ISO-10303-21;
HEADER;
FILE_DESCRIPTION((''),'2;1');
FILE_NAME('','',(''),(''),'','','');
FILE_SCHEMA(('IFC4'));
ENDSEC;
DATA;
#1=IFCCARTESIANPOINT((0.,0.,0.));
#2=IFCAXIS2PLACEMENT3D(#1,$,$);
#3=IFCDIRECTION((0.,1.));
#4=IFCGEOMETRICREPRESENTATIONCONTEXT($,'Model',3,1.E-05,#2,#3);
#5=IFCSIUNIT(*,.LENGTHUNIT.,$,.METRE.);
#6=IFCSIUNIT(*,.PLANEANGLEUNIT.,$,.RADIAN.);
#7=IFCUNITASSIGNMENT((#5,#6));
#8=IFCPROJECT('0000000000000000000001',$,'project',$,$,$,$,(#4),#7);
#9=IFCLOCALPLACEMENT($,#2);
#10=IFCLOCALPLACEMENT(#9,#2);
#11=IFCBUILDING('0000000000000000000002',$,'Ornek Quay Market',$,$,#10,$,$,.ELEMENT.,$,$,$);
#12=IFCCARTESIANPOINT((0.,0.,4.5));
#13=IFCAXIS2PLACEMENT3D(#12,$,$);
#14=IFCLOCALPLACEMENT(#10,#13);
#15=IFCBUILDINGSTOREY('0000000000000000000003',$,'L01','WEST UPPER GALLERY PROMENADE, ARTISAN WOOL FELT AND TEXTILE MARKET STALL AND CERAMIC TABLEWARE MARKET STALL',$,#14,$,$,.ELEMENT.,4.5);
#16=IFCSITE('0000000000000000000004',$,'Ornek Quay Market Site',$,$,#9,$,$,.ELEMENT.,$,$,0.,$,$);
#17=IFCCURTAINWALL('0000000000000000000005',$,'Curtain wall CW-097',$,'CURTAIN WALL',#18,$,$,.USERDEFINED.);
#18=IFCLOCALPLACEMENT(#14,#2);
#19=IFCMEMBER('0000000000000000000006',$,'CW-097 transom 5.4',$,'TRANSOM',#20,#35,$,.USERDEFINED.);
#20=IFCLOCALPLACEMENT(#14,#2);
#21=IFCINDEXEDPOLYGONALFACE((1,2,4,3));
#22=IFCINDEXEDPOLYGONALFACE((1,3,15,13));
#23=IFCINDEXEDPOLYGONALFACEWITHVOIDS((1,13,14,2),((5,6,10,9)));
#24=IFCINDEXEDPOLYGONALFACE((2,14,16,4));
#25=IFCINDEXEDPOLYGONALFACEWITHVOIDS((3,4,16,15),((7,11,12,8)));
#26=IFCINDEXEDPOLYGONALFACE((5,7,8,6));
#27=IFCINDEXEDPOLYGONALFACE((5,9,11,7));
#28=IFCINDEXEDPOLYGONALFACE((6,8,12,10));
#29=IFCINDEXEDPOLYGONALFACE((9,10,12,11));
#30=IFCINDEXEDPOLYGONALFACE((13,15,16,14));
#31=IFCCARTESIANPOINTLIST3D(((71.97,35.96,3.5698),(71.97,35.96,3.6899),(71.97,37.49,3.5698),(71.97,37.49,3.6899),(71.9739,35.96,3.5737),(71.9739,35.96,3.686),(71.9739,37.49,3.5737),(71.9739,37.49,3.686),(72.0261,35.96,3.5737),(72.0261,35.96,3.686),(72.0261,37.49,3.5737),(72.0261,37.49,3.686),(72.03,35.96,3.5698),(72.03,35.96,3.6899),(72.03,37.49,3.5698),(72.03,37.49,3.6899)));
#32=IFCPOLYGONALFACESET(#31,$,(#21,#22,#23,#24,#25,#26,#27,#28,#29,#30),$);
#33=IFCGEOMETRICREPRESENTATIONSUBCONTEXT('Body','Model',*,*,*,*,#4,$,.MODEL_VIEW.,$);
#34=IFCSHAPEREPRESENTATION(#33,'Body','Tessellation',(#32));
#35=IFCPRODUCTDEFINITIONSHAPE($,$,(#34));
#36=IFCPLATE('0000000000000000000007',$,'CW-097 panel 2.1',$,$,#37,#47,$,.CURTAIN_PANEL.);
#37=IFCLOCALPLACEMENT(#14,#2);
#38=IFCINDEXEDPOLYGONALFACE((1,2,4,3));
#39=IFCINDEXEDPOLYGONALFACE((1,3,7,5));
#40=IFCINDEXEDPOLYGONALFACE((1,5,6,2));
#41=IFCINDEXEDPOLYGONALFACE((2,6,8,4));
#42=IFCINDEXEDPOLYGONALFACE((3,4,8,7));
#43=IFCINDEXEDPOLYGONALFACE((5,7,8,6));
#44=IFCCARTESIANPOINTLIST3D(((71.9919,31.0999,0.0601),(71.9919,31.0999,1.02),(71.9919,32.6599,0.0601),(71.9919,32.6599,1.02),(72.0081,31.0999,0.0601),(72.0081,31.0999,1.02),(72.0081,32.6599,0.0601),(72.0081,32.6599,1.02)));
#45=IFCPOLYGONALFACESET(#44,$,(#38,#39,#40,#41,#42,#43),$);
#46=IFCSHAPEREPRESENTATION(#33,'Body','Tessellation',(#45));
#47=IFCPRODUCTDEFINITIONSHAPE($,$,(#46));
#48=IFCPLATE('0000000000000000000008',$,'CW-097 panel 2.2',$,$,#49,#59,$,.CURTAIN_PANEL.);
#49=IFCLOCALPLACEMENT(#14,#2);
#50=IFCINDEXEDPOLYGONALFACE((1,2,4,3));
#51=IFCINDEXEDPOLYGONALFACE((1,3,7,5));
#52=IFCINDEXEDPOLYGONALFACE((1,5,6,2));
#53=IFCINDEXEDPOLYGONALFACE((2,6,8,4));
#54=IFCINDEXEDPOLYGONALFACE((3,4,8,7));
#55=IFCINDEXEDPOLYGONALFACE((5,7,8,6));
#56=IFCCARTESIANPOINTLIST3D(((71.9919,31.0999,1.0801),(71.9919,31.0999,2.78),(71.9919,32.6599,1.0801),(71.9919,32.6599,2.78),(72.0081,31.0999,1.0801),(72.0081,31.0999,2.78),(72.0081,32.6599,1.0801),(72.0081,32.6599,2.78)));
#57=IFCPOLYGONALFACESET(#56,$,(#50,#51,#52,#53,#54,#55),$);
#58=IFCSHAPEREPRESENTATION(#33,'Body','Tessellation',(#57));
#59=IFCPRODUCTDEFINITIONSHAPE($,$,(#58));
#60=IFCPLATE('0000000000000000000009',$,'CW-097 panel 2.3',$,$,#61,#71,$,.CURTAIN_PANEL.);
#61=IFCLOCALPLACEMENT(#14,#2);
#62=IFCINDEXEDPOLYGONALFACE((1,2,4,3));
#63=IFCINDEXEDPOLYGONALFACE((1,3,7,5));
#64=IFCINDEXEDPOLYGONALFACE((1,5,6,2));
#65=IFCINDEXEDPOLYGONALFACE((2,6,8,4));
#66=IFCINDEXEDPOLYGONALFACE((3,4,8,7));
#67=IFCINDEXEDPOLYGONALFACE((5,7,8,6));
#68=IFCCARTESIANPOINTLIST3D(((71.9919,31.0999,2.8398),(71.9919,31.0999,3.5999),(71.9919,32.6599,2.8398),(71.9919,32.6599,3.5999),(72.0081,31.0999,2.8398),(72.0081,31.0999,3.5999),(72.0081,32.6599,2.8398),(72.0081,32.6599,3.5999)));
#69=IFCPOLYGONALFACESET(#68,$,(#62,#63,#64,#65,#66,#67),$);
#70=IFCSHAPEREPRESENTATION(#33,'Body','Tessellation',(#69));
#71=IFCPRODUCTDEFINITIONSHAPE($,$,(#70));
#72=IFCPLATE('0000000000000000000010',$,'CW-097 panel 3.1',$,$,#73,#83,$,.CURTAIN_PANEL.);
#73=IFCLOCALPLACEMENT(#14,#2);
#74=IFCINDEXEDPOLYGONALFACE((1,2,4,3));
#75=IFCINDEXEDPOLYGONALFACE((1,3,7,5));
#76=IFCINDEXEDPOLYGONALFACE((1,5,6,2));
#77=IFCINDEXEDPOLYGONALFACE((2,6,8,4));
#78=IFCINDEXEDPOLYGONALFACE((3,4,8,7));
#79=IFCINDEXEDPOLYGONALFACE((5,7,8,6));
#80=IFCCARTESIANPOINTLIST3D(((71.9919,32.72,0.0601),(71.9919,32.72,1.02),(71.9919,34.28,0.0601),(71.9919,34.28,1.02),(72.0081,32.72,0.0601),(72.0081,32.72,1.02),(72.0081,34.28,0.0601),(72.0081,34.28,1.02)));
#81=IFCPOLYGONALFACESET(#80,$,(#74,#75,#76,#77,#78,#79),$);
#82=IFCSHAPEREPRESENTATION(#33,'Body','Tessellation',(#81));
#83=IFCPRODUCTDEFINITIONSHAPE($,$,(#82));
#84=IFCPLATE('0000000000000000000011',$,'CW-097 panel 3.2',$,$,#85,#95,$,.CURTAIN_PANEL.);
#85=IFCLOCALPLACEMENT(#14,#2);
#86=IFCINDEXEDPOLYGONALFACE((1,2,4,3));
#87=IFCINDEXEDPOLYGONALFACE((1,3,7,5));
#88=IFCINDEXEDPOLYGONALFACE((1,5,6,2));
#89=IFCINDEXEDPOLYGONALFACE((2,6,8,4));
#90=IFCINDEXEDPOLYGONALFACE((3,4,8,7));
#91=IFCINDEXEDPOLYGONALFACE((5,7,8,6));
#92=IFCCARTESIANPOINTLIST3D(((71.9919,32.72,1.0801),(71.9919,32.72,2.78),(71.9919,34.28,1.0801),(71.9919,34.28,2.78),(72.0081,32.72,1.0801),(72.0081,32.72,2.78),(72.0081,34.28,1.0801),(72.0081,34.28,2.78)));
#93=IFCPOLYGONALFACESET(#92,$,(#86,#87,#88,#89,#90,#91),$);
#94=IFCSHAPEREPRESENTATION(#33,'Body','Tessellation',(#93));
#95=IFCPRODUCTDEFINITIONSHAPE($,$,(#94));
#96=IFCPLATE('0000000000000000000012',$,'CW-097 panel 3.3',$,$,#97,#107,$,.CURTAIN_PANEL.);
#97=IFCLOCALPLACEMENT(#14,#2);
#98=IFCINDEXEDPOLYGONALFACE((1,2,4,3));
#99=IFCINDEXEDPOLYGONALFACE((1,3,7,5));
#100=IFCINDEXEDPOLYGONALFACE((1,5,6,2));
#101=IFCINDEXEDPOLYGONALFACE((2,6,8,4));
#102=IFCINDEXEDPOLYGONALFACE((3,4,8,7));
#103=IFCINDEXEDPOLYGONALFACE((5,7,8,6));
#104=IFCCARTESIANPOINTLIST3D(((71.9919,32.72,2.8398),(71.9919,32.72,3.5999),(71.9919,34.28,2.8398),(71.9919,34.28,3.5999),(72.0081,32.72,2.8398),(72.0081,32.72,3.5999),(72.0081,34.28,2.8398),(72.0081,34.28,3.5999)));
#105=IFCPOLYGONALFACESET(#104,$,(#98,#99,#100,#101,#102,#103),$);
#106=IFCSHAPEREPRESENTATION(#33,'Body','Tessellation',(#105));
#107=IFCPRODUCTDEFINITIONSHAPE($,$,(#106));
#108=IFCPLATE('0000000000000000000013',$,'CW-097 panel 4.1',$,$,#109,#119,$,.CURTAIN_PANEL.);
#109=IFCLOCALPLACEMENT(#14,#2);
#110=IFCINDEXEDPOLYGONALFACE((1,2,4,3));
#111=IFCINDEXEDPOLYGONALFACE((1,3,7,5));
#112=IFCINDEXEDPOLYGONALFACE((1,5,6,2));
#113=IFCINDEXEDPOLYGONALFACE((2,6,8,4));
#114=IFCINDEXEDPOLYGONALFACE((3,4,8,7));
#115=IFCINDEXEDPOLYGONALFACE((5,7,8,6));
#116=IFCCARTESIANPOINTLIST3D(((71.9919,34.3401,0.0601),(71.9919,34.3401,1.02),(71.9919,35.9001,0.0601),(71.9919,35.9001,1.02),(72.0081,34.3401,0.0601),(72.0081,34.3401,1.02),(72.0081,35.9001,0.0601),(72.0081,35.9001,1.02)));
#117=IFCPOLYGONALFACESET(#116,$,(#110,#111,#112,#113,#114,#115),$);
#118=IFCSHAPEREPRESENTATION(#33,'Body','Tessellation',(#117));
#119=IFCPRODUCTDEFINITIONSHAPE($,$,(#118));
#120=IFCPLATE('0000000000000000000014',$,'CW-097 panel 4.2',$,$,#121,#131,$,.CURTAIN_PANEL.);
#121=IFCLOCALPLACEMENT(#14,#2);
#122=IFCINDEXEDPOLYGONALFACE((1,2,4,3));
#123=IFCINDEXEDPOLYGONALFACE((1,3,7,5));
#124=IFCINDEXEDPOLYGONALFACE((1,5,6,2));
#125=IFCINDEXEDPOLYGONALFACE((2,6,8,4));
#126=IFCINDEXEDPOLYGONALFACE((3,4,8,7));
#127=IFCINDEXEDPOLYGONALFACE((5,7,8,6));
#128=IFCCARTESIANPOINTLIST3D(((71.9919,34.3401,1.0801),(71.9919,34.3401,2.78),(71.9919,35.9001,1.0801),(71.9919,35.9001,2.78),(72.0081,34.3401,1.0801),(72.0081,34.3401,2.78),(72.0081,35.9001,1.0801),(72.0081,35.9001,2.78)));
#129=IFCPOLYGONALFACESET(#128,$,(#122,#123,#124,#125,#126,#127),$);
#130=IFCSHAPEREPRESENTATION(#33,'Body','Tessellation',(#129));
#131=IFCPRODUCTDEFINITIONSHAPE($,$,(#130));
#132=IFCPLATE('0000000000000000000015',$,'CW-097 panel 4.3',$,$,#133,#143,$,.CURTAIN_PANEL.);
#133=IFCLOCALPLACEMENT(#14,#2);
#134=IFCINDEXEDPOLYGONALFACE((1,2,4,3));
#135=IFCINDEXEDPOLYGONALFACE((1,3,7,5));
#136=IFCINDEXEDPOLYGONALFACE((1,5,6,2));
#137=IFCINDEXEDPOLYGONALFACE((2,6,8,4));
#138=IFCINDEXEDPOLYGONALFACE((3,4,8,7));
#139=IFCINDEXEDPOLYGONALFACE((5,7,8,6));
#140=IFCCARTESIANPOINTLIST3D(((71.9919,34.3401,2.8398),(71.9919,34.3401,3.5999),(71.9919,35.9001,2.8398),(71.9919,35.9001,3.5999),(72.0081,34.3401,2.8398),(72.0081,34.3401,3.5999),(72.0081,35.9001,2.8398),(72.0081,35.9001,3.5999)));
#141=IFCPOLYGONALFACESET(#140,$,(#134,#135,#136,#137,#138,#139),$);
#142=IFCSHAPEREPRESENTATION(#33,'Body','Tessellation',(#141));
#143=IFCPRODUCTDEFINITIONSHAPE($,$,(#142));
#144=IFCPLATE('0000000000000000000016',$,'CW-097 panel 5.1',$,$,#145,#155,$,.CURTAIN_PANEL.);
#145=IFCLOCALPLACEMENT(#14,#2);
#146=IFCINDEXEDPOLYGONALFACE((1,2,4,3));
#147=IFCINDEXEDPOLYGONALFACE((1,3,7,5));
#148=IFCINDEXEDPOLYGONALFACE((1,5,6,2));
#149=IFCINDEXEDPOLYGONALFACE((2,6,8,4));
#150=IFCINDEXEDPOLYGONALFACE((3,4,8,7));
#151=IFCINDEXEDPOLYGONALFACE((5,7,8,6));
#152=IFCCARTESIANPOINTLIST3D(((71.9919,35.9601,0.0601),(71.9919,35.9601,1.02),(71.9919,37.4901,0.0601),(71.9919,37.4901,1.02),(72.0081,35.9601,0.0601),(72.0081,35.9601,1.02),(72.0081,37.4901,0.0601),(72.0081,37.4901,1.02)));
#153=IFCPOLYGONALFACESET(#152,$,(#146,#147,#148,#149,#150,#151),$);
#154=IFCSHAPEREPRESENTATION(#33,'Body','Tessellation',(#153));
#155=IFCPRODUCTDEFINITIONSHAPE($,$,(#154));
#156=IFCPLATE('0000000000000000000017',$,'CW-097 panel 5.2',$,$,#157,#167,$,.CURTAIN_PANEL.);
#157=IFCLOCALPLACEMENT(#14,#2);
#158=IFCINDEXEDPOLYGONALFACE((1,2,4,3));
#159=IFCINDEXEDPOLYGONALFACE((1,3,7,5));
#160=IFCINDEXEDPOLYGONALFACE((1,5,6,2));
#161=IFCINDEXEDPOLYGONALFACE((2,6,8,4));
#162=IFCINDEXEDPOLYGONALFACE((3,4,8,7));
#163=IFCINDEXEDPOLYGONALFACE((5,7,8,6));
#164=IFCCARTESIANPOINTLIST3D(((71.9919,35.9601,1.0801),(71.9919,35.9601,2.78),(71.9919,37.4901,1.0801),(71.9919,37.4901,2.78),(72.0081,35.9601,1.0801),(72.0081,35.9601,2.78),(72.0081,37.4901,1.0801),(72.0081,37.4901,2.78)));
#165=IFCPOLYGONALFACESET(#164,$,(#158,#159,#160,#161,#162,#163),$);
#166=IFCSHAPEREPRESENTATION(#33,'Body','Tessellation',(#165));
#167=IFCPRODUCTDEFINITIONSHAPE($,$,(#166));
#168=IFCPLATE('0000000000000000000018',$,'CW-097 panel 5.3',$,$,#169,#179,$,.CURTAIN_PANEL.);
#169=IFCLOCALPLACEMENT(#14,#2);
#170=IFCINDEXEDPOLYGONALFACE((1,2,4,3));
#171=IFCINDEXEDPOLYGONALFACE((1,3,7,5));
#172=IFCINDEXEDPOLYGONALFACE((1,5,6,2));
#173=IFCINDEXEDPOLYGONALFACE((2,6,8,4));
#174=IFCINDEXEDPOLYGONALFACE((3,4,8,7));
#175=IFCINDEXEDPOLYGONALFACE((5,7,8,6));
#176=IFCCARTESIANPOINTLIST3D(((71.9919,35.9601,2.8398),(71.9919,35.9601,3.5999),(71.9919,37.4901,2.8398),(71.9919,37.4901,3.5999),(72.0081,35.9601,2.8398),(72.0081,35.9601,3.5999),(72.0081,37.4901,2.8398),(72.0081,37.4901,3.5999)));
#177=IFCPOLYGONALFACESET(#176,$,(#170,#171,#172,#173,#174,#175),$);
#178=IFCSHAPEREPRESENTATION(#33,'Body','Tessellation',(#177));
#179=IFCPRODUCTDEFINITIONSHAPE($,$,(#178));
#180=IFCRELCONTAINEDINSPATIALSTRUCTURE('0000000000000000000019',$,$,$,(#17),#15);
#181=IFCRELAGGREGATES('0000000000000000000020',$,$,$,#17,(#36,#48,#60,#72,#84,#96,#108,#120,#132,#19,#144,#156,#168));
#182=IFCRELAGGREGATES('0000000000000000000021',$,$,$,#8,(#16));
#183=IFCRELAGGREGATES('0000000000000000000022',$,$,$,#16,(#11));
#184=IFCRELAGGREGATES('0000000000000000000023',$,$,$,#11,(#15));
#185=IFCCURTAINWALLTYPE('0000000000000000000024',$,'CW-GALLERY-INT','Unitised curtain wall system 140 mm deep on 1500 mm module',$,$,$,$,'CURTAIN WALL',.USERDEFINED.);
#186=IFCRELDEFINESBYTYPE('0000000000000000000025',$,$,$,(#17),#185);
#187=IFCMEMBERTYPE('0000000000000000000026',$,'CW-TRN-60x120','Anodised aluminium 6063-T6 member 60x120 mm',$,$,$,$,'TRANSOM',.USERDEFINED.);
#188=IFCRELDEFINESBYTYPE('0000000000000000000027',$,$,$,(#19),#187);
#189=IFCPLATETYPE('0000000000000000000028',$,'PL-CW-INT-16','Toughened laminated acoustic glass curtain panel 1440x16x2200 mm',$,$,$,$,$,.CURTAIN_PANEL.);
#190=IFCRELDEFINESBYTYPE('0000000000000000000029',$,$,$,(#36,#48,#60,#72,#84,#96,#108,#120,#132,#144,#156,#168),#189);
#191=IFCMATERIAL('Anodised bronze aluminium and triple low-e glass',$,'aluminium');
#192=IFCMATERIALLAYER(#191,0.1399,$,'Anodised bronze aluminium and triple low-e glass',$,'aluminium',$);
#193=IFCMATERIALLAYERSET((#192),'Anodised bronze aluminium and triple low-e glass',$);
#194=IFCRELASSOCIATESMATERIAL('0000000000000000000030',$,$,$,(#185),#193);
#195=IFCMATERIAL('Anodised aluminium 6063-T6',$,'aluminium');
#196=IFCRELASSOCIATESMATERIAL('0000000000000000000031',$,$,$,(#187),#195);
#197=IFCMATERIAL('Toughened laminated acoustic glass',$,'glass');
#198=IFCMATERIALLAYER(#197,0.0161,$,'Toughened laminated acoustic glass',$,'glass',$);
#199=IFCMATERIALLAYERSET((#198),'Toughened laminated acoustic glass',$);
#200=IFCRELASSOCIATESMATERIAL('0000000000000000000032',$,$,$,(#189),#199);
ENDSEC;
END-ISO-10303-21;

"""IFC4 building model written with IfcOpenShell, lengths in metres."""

from ifc_helpers import new_model, si_unit, direction, frame, origin, origin_2d, place, context, subcontext, project, spatial, rectangle, hollow_rectangle, extrude, material, layer, layer_set, material_profile, profile_set, type_object, element, aggregate, save


model = new_model("IFC4")

# Units and contexts
model_context = context("Model", 3, precision=1e-05, world=origin(), true_north=direction((0.0, 1.0)))
body_context = subcontext(model_context, "Body", "Model", "MODEL_VIEW")
ifc_project = project(units=[si_unit("LENGTHUNIT", "METRE"), si_unit("PLANEANGLEUNIT", "RADIAN")], contexts=[model_context])

# Site, building, storey
site_placement = place(None, origin())
site = spatial("IfcSite", under=ifc_project, at=site_placement, Name="Ornek Quay Market Site", CompositionType="ELEMENT", RefElevation=0.0)
building_placement = place(site_placement, origin())
building = spatial("IfcBuilding", under=site, at=building_placement, Name="Ornek Quay Market", CompositionType="ELEMENT")
storey_placement = place(building_placement, frame((0.0, 0.0, 4.5)))
storey = spatial("IfcBuildingStorey", under=building, at=storey_placement, Name="L01", Description="WEST UPPER GALLERY PROMENADE, ARTISAN WOOL FELT AND TEXTILE MARKET STALL AND CERAMIC TABLEWARE MARKET STALL", CompositionType="ELEMENT", Elevation=4.5)

# Curtain wall
ifc_material_1 = material(Name="Anodised bronze aluminium and triple low-e glass", Category="aluminium")
ifc_layer_1 = layer(ifc_material_1, 0.1399, Name="Anodised bronze aluminium and triple low-e glass", Category="aluminium")
ifc_layer_set_1 = layer_set([ifc_layer_1], Name="Anodised bronze aluminium and triple low-e glass")
curtain_wall_type = type_object("IfcCurtainWallType", Name="CW-GALLERY-INT", Description="Unitised curtain wall system 140 mm deep on 1500 mm module", ElementType="CURTAIN WALL", PredefinedType="USERDEFINED", material=ifc_layer_set_1)
curtain_wall_1_placement = place(storey_placement, origin())
curtain_wall_1 = element("IfcCurtainWall", 1, at=curtain_wall_1_placement, inside=storey, type_object=curtain_wall_type, Name="Curtain wall CW-097", ObjectType="CURTAIN WALL", PredefinedType="USERDEFINED")
ifc_material_2 = material(Name="Anodised aluminium 6063-T6", Category="aluminium")

# Member
ifc_material_profile_1 = material_profile(ifc_material_2, hollow_rectangle(XDim=0.0601, YDim=0.1201, WallThickness=0.0039, at=origin_2d()), Name="CW-TRN-60x120", Category="aluminium")
ifc_profile_set_1 = profile_set([ifc_material_profile_1], Name="Anodised aluminium 6063-T6")
member_type_1 = type_object("IfcMemberType", Name="CW-TRN-60x120", Description="Anodised aluminium 6063-T6 member 60x120 mm", ElementType="TRANSOM", PredefinedType="USERDEFINED", material=ifc_profile_set_1)
member_1_placement = place(storey_placement, frame((72.0, 35.96, 3.6299), z_axis=(0.0, 1.0, 0.0), x_axis=(-1.0, 0.0, 0.0)))
member_1 = element("IfcMember", 2, at=member_1_placement, type_object=member_type_1, Name="CW-097 transom 5.4", ObjectType="TRANSOM", PredefinedType="USERDEFINED", context=body_context, shape_type="SweptSolid", body=[
    extrude(hollow_rectangle(XDim=0.0601, YDim=0.1201, WallThickness=0.0039, at=origin_2d()), origin(), (0.0, 0.0, 1.0), 1.53),
])

# Plates
ifc_material_3 = material(Name="Toughened laminated acoustic glass", Category="glass")
ifc_layer_2 = layer(ifc_material_3, 0.0161, Name="Toughened laminated acoustic glass", Category="glass")
ifc_layer_set_2 = layer_set([ifc_layer_2], Name="Toughened laminated acoustic glass")
plate_type = type_object("IfcPlateType", Name="PL-CW-INT-16", Description="Toughened laminated acoustic glass curtain panel 1440x16x2200 mm", PredefinedType="CURTAIN_PANEL", material=ifc_layer_set_2)
plate_1_placement = place(storey_placement, frame((72.0, 31.8799, 0.0601), z_axis=(0.0, 0.0, 1.0), x_axis=(0.0, 1.0, 0.0)))
plate_1 = element("IfcPlate", 3, at=plate_1_placement, type_object=plate_type, Name="CW-097 panel 2.1", PredefinedType="CURTAIN_PANEL", context=body_context, shape_type="SweptSolid", body=[
    extrude(rectangle(XDim=1.5601, YDim=0.0161, at=origin_2d()), origin(), (0.0, 0.0, 1.0), 0.96),
])
plate_2_placement = place(storey_placement, frame((72.0, 31.8799, 1.0801), z_axis=(0.0, 0.0, 1.0), x_axis=(0.0, 1.0, 0.0)))
plate_2 = element("IfcPlate", 4, at=plate_2_placement, type_object=plate_type, Name="CW-097 panel 2.2", PredefinedType="CURTAIN_PANEL", context=body_context, shape_type="SweptSolid", body=[
    extrude(rectangle(XDim=1.5601, YDim=0.0161, at=origin_2d()), origin(), (0.0, 0.0, 1.0), 1.7),
])
plate_3_placement = place(storey_placement, frame((72.0, 31.8799, 2.8398), z_axis=(0.0, 0.0, 1.0), x_axis=(0.0, 1.0, 0.0)))
plate_3 = element("IfcPlate", 5, at=plate_3_placement, type_object=plate_type, Name="CW-097 panel 2.3", PredefinedType="CURTAIN_PANEL", context=body_context, shape_type="SweptSolid", body=[
    extrude(rectangle(XDim=1.5601, YDim=0.0161, at=origin_2d()), origin(), (0.0, 0.0, 1.0), 0.76),
])
plate_4_placement = place(storey_placement, frame((72.0, 33.5, 0.0601), z_axis=(0.0, 0.0, 1.0), x_axis=(0.0, 1.0, 0.0)))
plate_4 = element("IfcPlate", 6, at=plate_4_placement, type_object=plate_type, Name="CW-097 panel 3.1", PredefinedType="CURTAIN_PANEL", context=body_context, shape_type="SweptSolid", body=[
    extrude(rectangle(XDim=1.5601, YDim=0.0161, at=origin_2d()), origin(), (0.0, 0.0, 1.0), 0.96),
])
plate_5_placement = place(storey_placement, frame((72.0, 33.5, 1.0801), z_axis=(0.0, 0.0, 1.0), x_axis=(0.0, 1.0, 0.0)))
plate_5 = element("IfcPlate", 7, at=plate_5_placement, type_object=plate_type, Name="CW-097 panel 3.2", PredefinedType="CURTAIN_PANEL", context=body_context, shape_type="SweptSolid", body=[
    extrude(rectangle(XDim=1.5601, YDim=0.0161, at=origin_2d()), origin(), (0.0, 0.0, 1.0), 1.7),
])
plate_6_placement = place(storey_placement, frame((72.0, 33.5, 2.8398), z_axis=(0.0, 0.0, 1.0), x_axis=(0.0, 1.0, 0.0)))
plate_6 = element("IfcPlate", 8, at=plate_6_placement, type_object=plate_type, Name="CW-097 panel 3.3", PredefinedType="CURTAIN_PANEL", context=body_context, shape_type="SweptSolid", body=[
    extrude(rectangle(XDim=1.5601, YDim=0.0161, at=origin_2d()), origin(), (0.0, 0.0, 1.0), 0.76),
])
plate_7_placement = place(storey_placement, frame((72.0, 35.1201, 0.0601), z_axis=(0.0, 0.0, 1.0), x_axis=(0.0, 1.0, 0.0)))
plate_7 = element("IfcPlate", 9, at=plate_7_placement, type_object=plate_type, Name="CW-097 panel 4.1", PredefinedType="CURTAIN_PANEL", context=body_context, shape_type="SweptSolid", body=[
    extrude(rectangle(XDim=1.5601, YDim=0.0161, at=origin_2d()), origin(), (0.0, 0.0, 1.0), 0.96),
])
plate_8_placement = place(storey_placement, frame((72.0, 35.1201, 1.0801), z_axis=(0.0, 0.0, 1.0), x_axis=(0.0, 1.0, 0.0)))
plate_8 = element("IfcPlate", 10, at=plate_8_placement, type_object=plate_type, Name="CW-097 panel 4.2", PredefinedType="CURTAIN_PANEL", context=body_context, shape_type="SweptSolid", body=[
    extrude(rectangle(XDim=1.5601, YDim=0.0161, at=origin_2d()), origin(), (0.0, 0.0, 1.0), 1.7),
])
plate_9_placement = place(storey_placement, frame((72.0, 35.1201, 2.8398), z_axis=(0.0, 0.0, 1.0), x_axis=(0.0, 1.0, 0.0)))
plate_9 = element("IfcPlate", 11, at=plate_9_placement, type_object=plate_type, Name="CW-097 panel 4.3", PredefinedType="CURTAIN_PANEL", context=body_context, shape_type="SweptSolid", body=[
    extrude(rectangle(XDim=1.5601, YDim=0.0161, at=origin_2d()), origin(), (0.0, 0.0, 1.0), 0.76),
])
plate_10_placement = place(storey_placement, frame((72.0, 36.7251, 0.0601), z_axis=(0.0, 0.0, 1.0), x_axis=(0.0, 1.0, 0.0)))
plate_10 = element("IfcPlate", 12, at=plate_10_placement, type_object=plate_type, Name="CW-097 panel 5.1", PredefinedType="CURTAIN_PANEL", context=body_context, shape_type="SweptSolid", body=[
    extrude(rectangle(XDim=1.53, YDim=0.0161, at=origin_2d()), origin(), (0.0, 0.0, 1.0), 0.96),
])
plate_11_placement = place(storey_placement, frame((72.0, 36.7251, 1.0801), z_axis=(0.0, 0.0, 1.0), x_axis=(0.0, 1.0, 0.0)))
plate_11 = element("IfcPlate", 13, at=plate_11_placement, type_object=plate_type, Name="CW-097 panel 5.2", PredefinedType="CURTAIN_PANEL", context=body_context, shape_type="SweptSolid", body=[
    extrude(rectangle(XDim=1.53, YDim=0.0161, at=origin_2d()), origin(), (0.0, 0.0, 1.0), 1.7),
])
plate_12_placement = place(storey_placement, frame((72.0, 36.7251, 2.8398), z_axis=(0.0, 0.0, 1.0), x_axis=(0.0, 1.0, 0.0)))
plate_12 = element("IfcPlate", 14, at=plate_12_placement, type_object=plate_type, Name="CW-097 panel 5.3", PredefinedType="CURTAIN_PANEL", context=body_context, shape_type="SweptSolid", body=[
    extrude(rectangle(XDim=1.53, YDim=0.0161, at=origin_2d()), origin(), (0.0, 0.0, 1.0), 0.76),
])
aggregate(curtain_wall_1, [plate_1, plate_2, plate_3, plate_4, plate_5, plate_6, plate_7, plate_8, plate_9, member_1, plate_10, plate_11, plate_12])

save(model, "model.ifc")
